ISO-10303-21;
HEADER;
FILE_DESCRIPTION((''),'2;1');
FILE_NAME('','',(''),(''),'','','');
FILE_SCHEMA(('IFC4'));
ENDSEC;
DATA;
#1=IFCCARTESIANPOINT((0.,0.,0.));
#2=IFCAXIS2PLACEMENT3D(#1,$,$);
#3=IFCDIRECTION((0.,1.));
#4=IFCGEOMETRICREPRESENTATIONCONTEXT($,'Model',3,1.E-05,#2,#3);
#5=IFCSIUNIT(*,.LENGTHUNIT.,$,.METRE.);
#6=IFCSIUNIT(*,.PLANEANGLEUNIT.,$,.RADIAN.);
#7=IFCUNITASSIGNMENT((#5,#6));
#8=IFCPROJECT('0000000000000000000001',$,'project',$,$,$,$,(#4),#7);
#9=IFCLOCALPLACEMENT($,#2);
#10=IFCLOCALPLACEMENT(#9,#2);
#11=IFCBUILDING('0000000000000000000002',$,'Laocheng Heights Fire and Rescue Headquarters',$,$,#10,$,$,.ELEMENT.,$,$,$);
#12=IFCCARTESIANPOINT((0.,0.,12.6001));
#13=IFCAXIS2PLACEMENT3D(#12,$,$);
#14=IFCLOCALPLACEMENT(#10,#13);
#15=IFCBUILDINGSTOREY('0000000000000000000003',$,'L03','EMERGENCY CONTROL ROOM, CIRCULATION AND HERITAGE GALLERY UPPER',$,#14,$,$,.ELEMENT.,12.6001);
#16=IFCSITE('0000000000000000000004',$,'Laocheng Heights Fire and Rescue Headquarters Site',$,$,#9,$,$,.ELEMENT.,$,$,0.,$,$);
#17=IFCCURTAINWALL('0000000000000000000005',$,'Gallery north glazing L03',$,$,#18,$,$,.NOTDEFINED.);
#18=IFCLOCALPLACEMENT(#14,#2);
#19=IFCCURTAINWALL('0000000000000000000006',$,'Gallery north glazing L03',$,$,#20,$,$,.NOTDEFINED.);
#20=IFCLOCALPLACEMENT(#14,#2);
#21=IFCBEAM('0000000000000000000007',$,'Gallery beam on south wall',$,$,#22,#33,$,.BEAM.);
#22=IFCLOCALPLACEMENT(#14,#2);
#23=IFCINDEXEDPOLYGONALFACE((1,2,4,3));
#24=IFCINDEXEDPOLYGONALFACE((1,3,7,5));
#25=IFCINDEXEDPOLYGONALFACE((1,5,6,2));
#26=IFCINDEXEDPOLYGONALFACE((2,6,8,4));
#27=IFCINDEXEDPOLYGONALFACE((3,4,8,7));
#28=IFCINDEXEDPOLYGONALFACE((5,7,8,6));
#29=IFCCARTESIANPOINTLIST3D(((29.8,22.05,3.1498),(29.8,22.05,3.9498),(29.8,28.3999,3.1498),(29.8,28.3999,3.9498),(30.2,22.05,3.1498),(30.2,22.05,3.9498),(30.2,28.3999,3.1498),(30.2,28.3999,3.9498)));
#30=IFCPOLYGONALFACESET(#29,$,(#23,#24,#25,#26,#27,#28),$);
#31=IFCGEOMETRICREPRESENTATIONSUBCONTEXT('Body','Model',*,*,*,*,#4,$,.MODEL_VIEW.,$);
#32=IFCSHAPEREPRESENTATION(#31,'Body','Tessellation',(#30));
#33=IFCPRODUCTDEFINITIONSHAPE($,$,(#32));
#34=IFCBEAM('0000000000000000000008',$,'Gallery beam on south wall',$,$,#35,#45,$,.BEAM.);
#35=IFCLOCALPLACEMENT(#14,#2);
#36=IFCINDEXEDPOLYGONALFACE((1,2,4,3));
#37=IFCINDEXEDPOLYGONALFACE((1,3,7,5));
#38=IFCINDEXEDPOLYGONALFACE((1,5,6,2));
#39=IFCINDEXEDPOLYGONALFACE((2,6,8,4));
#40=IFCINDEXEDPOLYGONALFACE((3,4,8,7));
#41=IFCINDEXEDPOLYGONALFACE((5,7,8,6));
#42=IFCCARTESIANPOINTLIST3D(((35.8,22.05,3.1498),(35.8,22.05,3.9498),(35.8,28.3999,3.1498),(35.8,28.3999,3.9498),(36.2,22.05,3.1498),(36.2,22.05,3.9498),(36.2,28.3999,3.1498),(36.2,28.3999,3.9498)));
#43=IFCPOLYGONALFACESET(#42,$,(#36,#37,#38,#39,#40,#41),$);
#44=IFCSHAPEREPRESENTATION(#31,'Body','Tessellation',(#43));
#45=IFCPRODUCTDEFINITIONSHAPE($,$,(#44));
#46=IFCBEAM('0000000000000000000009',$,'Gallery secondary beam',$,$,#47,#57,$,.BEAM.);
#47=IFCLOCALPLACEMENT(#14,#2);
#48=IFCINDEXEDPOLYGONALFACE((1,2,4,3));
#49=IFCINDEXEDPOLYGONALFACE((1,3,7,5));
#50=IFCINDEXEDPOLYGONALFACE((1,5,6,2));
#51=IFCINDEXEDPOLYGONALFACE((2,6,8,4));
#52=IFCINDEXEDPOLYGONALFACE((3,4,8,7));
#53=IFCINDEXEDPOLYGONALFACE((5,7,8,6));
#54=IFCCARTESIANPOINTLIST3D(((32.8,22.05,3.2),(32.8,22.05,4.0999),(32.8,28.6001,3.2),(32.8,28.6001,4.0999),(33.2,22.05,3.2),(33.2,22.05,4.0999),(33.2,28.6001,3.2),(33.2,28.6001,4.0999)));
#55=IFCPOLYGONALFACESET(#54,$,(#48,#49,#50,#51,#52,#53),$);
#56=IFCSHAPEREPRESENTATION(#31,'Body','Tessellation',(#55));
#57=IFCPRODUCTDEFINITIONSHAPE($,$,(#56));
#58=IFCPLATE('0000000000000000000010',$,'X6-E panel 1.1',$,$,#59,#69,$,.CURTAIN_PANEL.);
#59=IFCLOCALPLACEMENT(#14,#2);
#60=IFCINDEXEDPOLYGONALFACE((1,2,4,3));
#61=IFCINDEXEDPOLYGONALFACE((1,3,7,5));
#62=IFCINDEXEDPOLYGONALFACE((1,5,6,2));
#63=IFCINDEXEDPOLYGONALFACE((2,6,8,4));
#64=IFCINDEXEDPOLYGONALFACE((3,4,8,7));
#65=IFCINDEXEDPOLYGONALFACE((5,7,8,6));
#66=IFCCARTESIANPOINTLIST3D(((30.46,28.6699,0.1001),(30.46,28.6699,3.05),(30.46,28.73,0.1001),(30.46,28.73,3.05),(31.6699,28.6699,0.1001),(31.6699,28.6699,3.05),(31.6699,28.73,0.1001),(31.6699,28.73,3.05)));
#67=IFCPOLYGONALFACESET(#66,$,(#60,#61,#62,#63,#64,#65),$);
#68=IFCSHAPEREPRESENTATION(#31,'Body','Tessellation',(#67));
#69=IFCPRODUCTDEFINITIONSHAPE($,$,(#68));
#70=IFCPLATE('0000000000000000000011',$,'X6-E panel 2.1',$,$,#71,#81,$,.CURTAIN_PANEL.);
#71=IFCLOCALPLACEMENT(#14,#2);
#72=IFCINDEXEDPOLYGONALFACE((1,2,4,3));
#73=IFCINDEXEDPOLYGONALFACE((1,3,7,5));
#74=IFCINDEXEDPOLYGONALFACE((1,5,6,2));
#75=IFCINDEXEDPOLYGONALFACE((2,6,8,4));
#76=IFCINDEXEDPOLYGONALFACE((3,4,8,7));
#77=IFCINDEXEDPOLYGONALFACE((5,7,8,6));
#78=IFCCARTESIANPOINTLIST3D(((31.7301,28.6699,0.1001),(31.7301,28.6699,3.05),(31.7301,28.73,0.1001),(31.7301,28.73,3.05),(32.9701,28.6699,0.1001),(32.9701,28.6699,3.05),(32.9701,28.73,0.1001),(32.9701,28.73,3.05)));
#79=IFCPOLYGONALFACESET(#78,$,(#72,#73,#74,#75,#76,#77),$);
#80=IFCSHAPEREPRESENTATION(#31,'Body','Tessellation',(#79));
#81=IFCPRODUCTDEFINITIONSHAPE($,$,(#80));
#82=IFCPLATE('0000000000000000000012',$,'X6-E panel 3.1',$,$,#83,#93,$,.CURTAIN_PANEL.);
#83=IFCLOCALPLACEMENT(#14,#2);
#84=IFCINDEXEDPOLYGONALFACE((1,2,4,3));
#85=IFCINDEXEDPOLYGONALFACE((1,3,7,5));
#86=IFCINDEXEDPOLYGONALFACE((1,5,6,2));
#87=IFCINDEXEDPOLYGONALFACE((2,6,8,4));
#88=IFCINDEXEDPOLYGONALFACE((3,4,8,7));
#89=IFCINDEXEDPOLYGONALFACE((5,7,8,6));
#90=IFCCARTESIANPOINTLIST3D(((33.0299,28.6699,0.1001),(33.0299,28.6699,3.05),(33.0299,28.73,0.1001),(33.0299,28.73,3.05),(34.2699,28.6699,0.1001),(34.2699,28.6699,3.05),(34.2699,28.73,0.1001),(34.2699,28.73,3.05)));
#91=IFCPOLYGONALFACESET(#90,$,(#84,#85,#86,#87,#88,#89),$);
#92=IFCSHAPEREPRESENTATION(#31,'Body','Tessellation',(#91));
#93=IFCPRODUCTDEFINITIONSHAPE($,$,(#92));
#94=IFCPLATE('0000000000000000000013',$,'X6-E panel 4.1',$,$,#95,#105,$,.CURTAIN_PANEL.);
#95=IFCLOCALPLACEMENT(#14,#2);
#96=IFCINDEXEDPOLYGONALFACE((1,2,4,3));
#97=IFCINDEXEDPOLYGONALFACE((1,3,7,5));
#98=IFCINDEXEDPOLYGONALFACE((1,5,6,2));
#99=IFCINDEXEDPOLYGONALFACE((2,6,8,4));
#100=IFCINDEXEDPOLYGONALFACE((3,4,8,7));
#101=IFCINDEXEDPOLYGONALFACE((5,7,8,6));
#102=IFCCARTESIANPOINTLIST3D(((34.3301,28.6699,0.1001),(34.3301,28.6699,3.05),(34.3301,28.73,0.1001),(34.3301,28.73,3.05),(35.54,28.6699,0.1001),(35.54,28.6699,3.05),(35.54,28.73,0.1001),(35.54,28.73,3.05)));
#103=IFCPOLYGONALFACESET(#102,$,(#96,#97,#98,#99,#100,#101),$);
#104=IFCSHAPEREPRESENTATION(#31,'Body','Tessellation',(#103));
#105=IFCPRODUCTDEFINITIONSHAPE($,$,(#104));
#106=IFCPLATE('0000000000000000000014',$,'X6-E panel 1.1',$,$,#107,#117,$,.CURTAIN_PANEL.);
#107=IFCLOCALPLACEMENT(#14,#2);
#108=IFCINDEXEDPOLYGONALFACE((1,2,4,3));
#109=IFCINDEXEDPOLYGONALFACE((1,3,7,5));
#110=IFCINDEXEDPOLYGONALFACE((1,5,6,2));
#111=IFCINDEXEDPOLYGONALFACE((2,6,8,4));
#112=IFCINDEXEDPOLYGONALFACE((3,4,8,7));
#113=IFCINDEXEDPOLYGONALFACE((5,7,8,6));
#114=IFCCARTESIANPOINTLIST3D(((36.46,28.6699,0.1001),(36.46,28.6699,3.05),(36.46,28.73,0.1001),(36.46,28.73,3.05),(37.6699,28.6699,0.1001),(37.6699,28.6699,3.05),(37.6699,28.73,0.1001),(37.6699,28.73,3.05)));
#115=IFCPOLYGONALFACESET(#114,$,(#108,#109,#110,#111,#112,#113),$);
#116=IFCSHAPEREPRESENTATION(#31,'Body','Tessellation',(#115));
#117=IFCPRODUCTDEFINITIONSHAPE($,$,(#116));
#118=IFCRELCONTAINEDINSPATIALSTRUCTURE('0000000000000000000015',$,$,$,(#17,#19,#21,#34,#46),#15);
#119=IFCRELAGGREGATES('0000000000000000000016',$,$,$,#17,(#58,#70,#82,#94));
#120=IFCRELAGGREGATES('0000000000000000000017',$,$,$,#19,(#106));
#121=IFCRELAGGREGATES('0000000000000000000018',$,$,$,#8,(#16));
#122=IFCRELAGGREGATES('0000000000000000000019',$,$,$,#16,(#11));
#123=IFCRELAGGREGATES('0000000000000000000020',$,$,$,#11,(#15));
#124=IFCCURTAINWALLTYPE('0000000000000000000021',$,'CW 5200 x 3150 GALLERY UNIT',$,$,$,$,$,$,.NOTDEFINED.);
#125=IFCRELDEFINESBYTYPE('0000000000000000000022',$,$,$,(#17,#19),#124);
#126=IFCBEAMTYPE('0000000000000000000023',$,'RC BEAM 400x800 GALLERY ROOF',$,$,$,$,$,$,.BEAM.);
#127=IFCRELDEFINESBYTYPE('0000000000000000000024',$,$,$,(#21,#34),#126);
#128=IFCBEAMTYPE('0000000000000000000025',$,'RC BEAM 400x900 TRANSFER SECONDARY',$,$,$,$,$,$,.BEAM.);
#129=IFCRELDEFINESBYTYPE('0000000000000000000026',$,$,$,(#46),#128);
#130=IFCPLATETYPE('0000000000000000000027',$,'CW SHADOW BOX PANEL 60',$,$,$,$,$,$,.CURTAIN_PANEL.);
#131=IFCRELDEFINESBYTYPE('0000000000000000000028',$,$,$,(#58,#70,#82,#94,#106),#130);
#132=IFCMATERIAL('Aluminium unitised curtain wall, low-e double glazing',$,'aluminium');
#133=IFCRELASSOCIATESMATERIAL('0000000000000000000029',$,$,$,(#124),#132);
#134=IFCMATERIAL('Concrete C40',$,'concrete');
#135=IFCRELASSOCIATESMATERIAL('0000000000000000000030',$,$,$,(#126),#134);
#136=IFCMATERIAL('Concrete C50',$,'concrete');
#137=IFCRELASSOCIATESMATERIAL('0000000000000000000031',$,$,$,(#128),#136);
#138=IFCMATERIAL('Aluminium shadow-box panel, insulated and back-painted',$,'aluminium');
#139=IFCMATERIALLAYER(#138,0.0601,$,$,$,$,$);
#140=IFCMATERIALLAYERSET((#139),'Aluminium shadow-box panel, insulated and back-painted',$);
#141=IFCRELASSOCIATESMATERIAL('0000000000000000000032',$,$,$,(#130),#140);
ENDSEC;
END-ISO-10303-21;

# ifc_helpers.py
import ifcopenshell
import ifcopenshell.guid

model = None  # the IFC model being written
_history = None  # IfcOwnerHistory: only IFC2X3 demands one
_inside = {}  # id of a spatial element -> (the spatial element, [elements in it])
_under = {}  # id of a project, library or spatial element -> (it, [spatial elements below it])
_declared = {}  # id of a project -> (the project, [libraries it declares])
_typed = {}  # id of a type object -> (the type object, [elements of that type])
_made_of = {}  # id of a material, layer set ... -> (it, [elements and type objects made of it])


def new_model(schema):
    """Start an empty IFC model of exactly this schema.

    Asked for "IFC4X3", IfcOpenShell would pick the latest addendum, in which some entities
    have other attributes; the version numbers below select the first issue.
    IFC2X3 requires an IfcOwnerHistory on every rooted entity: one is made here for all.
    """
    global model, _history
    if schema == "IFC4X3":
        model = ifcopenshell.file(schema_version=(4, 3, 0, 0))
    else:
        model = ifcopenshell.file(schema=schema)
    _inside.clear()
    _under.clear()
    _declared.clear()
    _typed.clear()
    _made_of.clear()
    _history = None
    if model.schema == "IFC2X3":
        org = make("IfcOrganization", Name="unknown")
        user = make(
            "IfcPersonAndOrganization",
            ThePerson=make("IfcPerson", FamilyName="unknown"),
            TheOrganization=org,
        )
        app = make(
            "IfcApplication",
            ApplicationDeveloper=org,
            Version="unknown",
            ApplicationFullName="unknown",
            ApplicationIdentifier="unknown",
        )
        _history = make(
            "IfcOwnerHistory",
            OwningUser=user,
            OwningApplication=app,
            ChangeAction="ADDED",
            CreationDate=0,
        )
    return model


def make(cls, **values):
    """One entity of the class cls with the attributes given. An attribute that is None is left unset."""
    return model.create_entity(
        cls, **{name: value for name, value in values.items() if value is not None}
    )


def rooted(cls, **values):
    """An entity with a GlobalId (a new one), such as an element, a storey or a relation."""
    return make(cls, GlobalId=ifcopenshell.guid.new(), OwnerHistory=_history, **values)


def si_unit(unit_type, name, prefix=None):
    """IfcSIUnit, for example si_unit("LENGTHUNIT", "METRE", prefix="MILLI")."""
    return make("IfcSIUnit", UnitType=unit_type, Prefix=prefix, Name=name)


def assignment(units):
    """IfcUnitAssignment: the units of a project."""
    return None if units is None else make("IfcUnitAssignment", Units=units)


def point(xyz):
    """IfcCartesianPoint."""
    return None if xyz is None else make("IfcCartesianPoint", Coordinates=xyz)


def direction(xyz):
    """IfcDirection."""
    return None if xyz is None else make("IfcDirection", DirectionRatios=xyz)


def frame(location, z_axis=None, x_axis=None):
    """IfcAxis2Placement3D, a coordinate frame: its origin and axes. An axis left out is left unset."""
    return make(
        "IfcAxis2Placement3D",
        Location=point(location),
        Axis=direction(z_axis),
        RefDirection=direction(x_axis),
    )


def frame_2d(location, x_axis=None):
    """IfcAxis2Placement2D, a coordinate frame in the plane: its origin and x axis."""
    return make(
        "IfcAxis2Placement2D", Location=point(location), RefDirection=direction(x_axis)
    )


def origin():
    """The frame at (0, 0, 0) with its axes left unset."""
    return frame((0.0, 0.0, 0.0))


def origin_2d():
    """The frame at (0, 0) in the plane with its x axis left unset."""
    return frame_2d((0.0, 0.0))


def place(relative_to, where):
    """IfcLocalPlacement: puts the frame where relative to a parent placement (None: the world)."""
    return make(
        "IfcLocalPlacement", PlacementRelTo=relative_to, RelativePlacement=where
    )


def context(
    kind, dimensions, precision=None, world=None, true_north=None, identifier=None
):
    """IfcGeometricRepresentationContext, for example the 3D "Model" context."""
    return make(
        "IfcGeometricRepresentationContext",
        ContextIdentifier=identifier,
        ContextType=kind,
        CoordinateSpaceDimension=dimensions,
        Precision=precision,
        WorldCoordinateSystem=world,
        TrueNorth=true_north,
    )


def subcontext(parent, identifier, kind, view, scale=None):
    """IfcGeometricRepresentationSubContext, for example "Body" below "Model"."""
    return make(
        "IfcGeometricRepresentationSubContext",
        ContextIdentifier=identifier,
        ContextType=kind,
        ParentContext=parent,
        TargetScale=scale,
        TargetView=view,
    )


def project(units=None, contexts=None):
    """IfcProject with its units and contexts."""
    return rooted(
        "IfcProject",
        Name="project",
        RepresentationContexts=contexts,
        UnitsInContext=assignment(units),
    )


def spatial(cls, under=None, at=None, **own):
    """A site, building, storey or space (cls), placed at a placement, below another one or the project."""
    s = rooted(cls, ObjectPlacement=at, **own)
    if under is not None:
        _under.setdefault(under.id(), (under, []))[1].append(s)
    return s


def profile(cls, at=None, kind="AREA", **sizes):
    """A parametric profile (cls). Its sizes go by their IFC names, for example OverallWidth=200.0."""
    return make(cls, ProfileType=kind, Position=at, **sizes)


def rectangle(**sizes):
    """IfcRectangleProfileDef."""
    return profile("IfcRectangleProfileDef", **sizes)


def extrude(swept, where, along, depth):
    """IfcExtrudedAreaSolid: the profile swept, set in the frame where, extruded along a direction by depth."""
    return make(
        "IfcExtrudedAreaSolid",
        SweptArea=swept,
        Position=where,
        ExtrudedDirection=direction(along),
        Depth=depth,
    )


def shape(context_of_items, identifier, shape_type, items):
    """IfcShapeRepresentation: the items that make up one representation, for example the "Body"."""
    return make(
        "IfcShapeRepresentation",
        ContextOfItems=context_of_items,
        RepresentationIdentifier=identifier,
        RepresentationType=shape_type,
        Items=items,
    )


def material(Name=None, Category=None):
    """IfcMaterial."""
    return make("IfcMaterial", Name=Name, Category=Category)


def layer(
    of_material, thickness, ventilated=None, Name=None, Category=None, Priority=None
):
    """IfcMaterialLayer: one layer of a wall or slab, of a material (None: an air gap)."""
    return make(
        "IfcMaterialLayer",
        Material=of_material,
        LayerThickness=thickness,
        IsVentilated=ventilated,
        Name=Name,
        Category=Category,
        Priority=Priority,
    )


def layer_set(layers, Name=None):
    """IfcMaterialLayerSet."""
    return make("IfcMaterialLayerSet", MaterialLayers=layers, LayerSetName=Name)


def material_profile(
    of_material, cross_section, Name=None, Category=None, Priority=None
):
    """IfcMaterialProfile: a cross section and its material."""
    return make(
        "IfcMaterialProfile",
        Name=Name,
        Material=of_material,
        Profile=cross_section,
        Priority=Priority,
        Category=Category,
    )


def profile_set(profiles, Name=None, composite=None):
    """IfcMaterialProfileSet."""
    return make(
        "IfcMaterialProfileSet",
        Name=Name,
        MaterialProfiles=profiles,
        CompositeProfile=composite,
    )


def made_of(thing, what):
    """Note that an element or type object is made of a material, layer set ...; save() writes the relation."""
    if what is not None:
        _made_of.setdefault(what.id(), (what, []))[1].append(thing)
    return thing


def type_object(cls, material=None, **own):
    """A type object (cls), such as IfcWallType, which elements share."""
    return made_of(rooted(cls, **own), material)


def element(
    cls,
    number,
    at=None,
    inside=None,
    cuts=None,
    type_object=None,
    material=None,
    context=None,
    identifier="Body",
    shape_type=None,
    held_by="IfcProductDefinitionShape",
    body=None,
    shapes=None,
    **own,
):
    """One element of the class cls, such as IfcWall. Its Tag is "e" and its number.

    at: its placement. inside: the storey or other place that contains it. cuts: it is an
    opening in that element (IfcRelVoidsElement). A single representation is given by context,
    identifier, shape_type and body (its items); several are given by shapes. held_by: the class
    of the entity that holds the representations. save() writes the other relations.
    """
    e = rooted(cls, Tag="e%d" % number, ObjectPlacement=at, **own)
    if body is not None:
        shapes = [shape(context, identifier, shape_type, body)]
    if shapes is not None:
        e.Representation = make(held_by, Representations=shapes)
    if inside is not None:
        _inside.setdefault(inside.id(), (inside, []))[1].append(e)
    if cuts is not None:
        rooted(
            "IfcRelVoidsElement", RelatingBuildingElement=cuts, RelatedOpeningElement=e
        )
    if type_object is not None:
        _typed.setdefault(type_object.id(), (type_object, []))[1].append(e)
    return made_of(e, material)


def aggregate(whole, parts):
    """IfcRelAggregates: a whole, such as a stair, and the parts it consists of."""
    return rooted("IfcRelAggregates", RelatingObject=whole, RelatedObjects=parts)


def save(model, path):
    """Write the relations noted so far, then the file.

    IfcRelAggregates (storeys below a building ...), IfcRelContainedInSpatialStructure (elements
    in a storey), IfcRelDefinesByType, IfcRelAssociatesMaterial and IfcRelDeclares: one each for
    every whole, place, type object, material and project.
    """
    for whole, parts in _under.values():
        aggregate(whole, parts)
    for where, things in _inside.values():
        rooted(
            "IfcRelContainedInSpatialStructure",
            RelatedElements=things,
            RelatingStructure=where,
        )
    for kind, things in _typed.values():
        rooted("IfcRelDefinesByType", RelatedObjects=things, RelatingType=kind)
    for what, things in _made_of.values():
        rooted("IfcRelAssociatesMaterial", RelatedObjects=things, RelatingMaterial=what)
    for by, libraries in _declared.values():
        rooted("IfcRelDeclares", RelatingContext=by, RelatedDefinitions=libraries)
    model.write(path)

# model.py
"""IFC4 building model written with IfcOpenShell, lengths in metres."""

from ifc_helpers import new_model, si_unit, direction, frame, origin, origin_2d, place, context, subcontext, project, spatial, rectangle, extrude, material, layer, layer_set, material_profile, profile_set, type_object, element, aggregate, save


model = new_model("IFC4")

# Units and contexts
model_context = context("Model", 3, precision=1e-05, world=origin(), true_north=direction((0.0, 1.0)))
body_context = subcontext(model_context, "Body", "Model", "MODEL_VIEW")
ifc_project = project(units=[si_unit("LENGTHUNIT", "METRE"), si_unit("PLANEANGLEUNIT", "RADIAN")], contexts=[model_context])

# Site, building, storey
site_placement = place(None, origin())
site = spatial("IfcSite", under=ifc_project, at=site_placement, Name="Laocheng Heights Fire and Rescue Headquarters Site", CompositionType="ELEMENT", RefElevation=0.0)
building_placement = place(site_placement, origin())
building = spatial("IfcBuilding", under=site, at=building_placement, Name="Laocheng Heights Fire and Rescue Headquarters", CompositionType="ELEMENT")
storey_placement = place(building_placement, frame((0.0, 0.0, 12.6001)))
storey = spatial("IfcBuildingStorey", under=building, at=storey_placement, Name="L03", Description="EMERGENCY CONTROL ROOM, CIRCULATION AND HERITAGE GALLERY UPPER", CompositionType="ELEMENT", Elevation=12.6001)

# Curtain walls
ifc_material_1 = material(Name="Aluminium unitised curtain wall, low-e double glazing", Category="aluminium")
curtain_wall_type = type_object("IfcCurtainWallType", Name="CW 5200 x 3150 GALLERY UNIT", PredefinedType="NOTDEFINED", material=ifc_material_1)
curtain_wall_1_placement = place(storey_placement, origin())
curtain_wall_1 = element("IfcCurtainWall", 1, at=curtain_wall_1_placement, inside=storey, type_object=curtain_wall_type, Name="Gallery north glazing L03", PredefinedType="NOTDEFINED")
curtain_wall_2_placement = place(storey_placement, origin())
curtain_wall_2 = element("IfcCurtainWall", 2, at=curtain_wall_2_placement, inside=storey, type_object=curtain_wall_type, Name="Gallery north glazing L03", PredefinedType="NOTDEFINED")

# Beams
ifc_material_2 = material(Name="Concrete C40", Category="concrete")
ifc_material_profile_1 = material_profile(ifc_material_2, rectangle(XDim=0.3999, YDim=0.8, at=origin_2d()), Name="RC BEAM 400x800 GALLERY ROOF")
ifc_profile_set_1 = profile_set([ifc_material_profile_1], Name="Concrete C40")
beam_type_1 = type_object("IfcBeamType", Name="RC BEAM 400x800 GALLERY ROOF", PredefinedType="BEAM", material=ifc_profile_set_1)
for number, where, z_axis, x_axis, name in (
    (3, (30.0, 22.05, 3.5498), (0.0, 1.0, 0.0), (-1.0, 0.0, 0.0), "Gallery beam on south wall"),
    (4, (36.0, 22.05, 3.5498), (0.0, 1.0, 0.0), (-1.0, 0.0, 0.0), "Gallery beam on south wall"),
):
    element("IfcBeam", number, at=place(storey_placement, frame(where, z_axis=z_axis, x_axis=x_axis)), inside=storey, type_object=beam_type_1, Name=name, PredefinedType="BEAM", context=body_context, shape_type="SweptSolid", body=[
        extrude(rectangle(XDim=0.3999, YDim=0.8, at=origin_2d()), origin(), (0.0, 0.0, 1.0), 6.3499),
    ])
ifc_material_3 = material(Name="Concrete C50", Category="concrete")
ifc_material_profile_2 = material_profile(ifc_material_3, rectangle(XDim=0.3999, YDim=0.8999, at=origin_2d()), Name="RC BEAM 400x900 TRANSFER SECONDARY")
ifc_profile_set_2 = profile_set([ifc_material_profile_2], Name="Concrete C50")
beam_type_2 = type_object("IfcBeamType", Name="RC BEAM 400x900 TRANSFER SECONDARY", PredefinedType="BEAM", material=ifc_profile_set_2)
beam_placement = place(storey_placement, frame((33.0, 22.05, 3.6499), z_axis=(0.0, 1.0, 0.0), x_axis=(-1.0, 0.0, 0.0)))
element("IfcBeam", 5, at=beam_placement, inside=storey, type_object=beam_type_2, Name="Gallery secondary beam", PredefinedType="BEAM", context=body_context, shape_type="SweptSolid", body=[
    extrude(rectangle(XDim=0.3999, YDim=0.8999, at=origin_2d()), origin(), (0.0, 0.0, 1.0), 6.55),
])

# Plates
ifc_material_4 = material(Name="Aluminium shadow-box panel, insulated and back-painted", Category="aluminium")
ifc_layer = layer(ifc_material_4, 0.0601)
ifc_layer_set = layer_set([ifc_layer], Name="Aluminium shadow-box panel, insulated and back-painted")
plate_type = type_object("IfcPlateType", Name="CW SHADOW BOX PANEL 60", PredefinedType="CURTAIN_PANEL", material=ifc_layer_set)
plate_1_placement = place(storey_placement, frame((31.0649, 28.7, 0.1001), z_axis=(0.0, 0.0, 1.0), x_axis=(1.0, 0.0, 0.0)))
plate_1 = element("IfcPlate", 6, at=plate_1_placement, type_object=plate_type, Name="X6-E panel 1.1", PredefinedType="CURTAIN_PANEL", context=body_context, shape_type="SweptSolid", body=[
    extrude(rectangle(XDim=1.21, YDim=0.0601, at=origin_2d()), origin(), (0.0, 0.0, 1.0), 2.95),
])
plate_2_placement = place(storey_placement, frame((32.3501, 28.7, 0.1001), z_axis=(0.0, 0.0, 1.0), x_axis=(1.0, 0.0, 0.0)))
plate_2 = element("IfcPlate", 7, at=plate_2_placement, type_object=plate_type, Name="X6-E panel 2.1", PredefinedType="CURTAIN_PANEL", context=body_context, shape_type="SweptSolid", body=[
    extrude(rectangle(XDim=1.24, YDim=0.0601, at=origin_2d()), origin(), (0.0, 0.0, 1.0), 2.95),
])
plate_3_placement = place(storey_placement, frame((33.6499, 28.7, 0.1001), z_axis=(0.0, 0.0, 1.0), x_axis=(1.0, 0.0, 0.0)))
plate_3 = element("IfcPlate", 8, at=plate_3_placement, type_object=plate_type, Name="X6-E panel 3.1", PredefinedType="CURTAIN_PANEL", context=body_context, shape_type="SweptSolid", body=[
    extrude(rectangle(XDim=1.24, YDim=0.0601, at=origin_2d()), origin(), (0.0, 0.0, 1.0), 2.95),
])
plate_4_placement = place(storey_placement, frame((34.9351, 28.7, 0.1001), z_axis=(0.0, 0.0, 1.0), x_axis=(1.0, 0.0, 0.0)))
plate_4 = element("IfcPlate", 9, at=plate_4_placement, type_object=plate_type, Name="X6-E panel 4.1", PredefinedType="CURTAIN_PANEL", context=body_context, shape_type="SweptSolid", body=[
    extrude(rectangle(XDim=1.21, YDim=0.0601, at=origin_2d()), origin(), (0.0, 0.0, 1.0), 2.95),
])
aggregate(curtain_wall_1, [plate_1, plate_2, plate_3, plate_4])
plate_5_placement = place(storey_placement, frame((37.0649, 28.7, 0.1001), z_axis=(0.0, 0.0, 1.0), x_axis=(1.0, 0.0, 0.0)))
plate_5 = element("IfcPlate", 10, at=plate_5_placement, type_object=plate_type, Name="X6-E panel 1.1", PredefinedType="CURTAIN_PANEL", context=body_context, shape_type="SweptSolid", body=[
    extrude(rectangle(XDim=1.21, YDim=0.0601, at=origin_2d()), origin(), (0.0, 0.0, 1.0), 2.95),
])
aggregate(curtain_wall_2, [plate_5])

save(model, "model.ifc")
